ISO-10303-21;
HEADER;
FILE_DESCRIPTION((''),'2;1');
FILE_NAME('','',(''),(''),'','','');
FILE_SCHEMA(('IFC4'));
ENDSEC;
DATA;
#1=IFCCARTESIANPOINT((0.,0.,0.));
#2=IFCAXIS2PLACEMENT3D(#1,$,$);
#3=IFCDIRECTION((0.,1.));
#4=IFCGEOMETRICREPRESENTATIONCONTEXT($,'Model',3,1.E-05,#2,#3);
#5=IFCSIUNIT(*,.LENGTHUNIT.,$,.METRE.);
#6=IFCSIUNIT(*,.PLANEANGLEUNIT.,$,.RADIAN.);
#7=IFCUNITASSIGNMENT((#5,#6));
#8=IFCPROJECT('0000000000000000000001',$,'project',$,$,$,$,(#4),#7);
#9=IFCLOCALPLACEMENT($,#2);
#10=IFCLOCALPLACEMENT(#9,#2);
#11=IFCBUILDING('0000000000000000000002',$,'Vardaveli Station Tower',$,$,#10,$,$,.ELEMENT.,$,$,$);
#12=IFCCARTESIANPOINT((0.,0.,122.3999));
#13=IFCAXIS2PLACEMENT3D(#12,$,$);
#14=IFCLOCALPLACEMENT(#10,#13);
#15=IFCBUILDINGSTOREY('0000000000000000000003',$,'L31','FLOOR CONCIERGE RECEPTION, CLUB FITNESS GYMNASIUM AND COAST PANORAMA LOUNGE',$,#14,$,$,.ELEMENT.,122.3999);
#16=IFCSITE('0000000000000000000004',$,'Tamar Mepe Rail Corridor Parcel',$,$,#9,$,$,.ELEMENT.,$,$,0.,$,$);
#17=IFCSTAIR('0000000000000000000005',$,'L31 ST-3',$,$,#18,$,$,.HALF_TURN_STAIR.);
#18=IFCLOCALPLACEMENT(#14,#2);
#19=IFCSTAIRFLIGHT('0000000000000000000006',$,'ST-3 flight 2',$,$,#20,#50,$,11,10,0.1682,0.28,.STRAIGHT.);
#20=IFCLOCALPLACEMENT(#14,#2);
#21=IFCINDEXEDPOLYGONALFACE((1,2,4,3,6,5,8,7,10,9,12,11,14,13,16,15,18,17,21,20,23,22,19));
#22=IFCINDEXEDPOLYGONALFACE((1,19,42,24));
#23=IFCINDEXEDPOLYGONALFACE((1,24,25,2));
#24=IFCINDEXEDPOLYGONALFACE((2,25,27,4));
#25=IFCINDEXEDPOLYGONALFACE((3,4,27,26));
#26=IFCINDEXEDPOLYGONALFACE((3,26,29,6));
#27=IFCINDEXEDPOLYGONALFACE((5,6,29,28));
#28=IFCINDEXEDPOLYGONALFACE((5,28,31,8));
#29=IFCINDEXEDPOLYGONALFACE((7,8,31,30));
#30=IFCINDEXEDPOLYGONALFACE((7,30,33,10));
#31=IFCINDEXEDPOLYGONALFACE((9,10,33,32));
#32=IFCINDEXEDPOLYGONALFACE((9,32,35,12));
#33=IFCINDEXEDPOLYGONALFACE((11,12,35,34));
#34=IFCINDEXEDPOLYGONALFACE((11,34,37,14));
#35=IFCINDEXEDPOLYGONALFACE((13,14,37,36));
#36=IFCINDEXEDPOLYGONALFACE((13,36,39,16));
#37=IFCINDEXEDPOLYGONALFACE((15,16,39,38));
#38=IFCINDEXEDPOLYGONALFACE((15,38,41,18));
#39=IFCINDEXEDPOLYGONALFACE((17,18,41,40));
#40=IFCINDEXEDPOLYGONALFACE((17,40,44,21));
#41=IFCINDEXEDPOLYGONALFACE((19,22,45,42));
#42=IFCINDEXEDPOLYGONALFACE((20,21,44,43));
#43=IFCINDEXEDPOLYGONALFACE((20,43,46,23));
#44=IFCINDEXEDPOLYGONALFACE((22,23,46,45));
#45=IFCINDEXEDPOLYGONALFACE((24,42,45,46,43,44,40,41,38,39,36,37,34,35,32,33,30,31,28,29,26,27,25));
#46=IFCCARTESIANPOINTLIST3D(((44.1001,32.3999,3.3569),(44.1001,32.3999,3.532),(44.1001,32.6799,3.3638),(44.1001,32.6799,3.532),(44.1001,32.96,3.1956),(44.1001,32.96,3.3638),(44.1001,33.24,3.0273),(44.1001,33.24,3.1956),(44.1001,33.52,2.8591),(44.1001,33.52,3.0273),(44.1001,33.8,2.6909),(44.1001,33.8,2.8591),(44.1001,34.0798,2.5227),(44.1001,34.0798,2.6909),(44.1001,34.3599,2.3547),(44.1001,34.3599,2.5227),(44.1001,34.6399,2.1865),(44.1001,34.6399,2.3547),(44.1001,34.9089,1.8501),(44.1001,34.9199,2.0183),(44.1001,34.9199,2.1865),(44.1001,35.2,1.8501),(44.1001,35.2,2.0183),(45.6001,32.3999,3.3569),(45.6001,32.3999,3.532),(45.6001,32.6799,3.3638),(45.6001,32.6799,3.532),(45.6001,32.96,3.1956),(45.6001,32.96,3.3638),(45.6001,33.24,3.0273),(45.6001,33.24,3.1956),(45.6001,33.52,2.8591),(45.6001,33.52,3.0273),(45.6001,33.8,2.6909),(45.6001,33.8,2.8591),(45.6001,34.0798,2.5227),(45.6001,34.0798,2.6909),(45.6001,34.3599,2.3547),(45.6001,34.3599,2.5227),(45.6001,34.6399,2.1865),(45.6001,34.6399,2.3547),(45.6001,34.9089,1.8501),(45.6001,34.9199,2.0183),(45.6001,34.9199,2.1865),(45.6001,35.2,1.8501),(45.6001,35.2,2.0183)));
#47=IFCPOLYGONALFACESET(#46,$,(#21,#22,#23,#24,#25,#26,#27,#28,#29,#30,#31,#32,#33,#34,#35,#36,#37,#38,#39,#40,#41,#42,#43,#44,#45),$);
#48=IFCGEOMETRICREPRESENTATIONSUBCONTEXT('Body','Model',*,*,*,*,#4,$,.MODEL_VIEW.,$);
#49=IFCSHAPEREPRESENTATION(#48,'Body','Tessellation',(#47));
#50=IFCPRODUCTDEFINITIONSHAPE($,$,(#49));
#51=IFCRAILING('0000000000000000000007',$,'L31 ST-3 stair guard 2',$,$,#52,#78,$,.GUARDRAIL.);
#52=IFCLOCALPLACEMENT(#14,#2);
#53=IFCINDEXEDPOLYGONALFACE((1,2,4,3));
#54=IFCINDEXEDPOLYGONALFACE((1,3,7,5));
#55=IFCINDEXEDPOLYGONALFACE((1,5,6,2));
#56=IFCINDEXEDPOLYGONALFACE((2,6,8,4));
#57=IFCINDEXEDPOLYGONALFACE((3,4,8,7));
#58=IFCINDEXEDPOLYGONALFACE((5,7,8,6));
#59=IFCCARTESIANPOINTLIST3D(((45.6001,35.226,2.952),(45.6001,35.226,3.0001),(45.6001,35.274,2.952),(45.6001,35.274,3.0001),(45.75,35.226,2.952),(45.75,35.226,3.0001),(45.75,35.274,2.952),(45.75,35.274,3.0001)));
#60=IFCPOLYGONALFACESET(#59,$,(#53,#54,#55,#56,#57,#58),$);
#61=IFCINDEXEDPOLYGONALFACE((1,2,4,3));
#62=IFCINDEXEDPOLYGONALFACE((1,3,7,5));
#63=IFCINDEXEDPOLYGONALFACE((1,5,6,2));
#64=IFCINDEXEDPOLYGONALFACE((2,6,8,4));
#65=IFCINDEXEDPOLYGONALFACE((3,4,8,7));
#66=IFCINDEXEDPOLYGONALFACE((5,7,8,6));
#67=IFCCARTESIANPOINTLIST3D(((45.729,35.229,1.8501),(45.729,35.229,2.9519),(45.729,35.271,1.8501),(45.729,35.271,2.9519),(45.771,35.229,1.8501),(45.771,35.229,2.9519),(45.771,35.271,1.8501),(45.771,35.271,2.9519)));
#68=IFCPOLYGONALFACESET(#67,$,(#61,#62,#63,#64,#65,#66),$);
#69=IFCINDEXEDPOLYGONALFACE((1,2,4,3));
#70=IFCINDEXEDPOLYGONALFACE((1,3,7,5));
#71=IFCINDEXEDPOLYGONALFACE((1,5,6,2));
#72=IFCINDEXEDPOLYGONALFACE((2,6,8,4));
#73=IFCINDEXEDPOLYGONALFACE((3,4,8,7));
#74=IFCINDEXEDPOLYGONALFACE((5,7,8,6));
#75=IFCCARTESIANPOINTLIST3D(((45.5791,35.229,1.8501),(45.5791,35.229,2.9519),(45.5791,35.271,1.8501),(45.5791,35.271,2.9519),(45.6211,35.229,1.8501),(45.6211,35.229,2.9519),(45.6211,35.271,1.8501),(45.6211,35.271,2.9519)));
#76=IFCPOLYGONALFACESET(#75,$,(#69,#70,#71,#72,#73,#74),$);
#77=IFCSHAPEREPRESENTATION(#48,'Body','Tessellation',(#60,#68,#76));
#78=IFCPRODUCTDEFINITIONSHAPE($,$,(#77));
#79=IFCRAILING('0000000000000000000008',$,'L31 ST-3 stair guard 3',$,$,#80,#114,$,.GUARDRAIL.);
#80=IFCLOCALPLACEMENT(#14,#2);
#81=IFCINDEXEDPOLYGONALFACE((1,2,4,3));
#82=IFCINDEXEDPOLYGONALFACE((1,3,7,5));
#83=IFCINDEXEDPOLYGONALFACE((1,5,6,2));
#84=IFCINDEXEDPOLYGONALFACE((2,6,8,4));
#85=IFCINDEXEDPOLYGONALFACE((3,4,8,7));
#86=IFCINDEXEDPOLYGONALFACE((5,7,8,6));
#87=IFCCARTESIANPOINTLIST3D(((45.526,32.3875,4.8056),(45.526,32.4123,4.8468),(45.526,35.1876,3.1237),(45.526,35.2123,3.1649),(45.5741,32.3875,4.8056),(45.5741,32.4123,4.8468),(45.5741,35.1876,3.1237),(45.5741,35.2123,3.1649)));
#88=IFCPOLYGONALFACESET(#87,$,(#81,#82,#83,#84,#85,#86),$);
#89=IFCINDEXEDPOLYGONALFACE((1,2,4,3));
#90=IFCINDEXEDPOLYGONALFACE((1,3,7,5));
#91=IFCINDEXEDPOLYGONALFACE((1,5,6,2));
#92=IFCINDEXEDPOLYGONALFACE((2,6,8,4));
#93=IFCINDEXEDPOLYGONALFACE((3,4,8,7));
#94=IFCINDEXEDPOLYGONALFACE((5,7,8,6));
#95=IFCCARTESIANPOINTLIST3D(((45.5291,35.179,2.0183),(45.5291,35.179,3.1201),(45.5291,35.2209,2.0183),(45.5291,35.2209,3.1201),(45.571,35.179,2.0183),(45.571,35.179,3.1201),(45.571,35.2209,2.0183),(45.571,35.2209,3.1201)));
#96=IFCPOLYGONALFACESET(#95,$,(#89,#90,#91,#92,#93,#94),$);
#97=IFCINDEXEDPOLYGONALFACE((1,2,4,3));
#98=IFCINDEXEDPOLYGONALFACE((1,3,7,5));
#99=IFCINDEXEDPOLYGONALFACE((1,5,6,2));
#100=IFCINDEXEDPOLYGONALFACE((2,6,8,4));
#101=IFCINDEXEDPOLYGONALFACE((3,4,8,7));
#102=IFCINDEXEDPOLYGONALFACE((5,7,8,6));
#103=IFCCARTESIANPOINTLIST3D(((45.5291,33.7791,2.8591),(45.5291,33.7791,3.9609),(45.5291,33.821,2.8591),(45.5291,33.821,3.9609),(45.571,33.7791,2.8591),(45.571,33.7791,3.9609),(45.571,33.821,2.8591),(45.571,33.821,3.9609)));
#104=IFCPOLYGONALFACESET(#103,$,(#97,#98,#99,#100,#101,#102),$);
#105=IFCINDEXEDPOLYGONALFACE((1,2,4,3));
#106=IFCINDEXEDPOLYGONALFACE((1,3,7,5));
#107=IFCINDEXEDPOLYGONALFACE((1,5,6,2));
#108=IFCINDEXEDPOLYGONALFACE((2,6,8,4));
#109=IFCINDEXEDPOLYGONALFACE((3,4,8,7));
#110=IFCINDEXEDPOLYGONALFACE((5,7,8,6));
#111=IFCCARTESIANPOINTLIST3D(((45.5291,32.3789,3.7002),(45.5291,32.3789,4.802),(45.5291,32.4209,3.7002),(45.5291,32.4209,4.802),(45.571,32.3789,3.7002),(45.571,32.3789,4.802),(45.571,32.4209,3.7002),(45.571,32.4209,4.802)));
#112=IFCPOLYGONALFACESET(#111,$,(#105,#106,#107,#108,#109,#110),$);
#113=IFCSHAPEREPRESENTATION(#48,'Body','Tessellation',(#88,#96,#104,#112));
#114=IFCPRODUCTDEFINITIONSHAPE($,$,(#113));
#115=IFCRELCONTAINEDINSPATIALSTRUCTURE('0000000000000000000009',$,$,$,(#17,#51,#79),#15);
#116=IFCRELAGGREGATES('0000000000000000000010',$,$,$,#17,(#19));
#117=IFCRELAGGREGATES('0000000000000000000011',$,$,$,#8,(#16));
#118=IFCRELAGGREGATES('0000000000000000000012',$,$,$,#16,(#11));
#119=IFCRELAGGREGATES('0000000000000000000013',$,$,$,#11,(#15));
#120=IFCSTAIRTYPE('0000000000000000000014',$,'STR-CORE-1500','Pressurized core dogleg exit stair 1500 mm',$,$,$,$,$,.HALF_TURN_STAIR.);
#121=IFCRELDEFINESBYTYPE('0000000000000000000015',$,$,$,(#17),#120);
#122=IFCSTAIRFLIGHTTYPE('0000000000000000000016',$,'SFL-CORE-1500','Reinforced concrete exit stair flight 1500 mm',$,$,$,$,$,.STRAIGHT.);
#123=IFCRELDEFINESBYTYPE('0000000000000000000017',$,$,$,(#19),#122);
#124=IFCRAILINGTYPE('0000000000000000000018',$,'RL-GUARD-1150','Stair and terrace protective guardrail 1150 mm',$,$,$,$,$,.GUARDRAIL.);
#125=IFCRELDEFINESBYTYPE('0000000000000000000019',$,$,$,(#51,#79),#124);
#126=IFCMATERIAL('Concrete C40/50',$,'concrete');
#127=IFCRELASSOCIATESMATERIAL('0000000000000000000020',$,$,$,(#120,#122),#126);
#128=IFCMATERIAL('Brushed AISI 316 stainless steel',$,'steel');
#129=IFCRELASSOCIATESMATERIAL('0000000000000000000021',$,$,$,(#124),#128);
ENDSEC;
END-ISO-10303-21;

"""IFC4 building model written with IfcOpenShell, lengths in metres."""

from ifc_helpers import new_model, si_unit, direction, frame, origin, origin_2d, place, context, subcontext, project, spatial, polyline, rectangle, outline, extrude, source, transform, mapped, material, type_object, element, aggregate, save


model = new_model("IFC4")

# Units and contexts
model_context = context("Model", 3, precision=1e-05, world=origin(), true_north=direction((0.0, 1.0)))
body_context = subcontext(model_context, "Body", "Model", "MODEL_VIEW")
ifc_project = project(units=[si_unit("LENGTHUNIT", "METRE"), si_unit("PLANEANGLEUNIT", "RADIAN")], contexts=[model_context])

# Site, building, storey
site_placement = place(None, origin())
site = spatial("IfcSite", under=ifc_project, at=site_placement, Name="Tamar Mepe Rail Corridor Parcel", CompositionType="ELEMENT", RefElevation=0.0)
building_placement = place(site_placement, origin())
building = spatial("IfcBuilding", under=site, at=building_placement, Name="Vardaveli Station Tower", CompositionType="ELEMENT")
storey_placement = place(building_placement, frame((0.0, 0.0, 122.3999)))
storey = spatial("IfcBuildingStorey", under=building, at=storey_placement, Name="L31", Description="FLOOR CONCIERGE RECEPTION, CLUB FITNESS GYMNASIUM AND COAST PANORAMA LOUNGE", CompositionType="ELEMENT", Elevation=122.3999)

# Shared definitions
ifc_material_1 = material(Name="Concrete C40/50", Category="concrete")

# Stair, stair flight
stair_type = type_object("IfcStairType", Name="STR-CORE-1500", Description="Pressurized core dogleg exit stair 1500 mm", PredefinedType="HALF_TURN_STAIR", material=ifc_material_1)
stair_placement = place(storey_placement, origin())
stair = element("IfcStair", 1, at=stair_placement, inside=storey, type_object=stair_type, Name="L31 ST-3", PredefinedType="HALF_TURN_STAIR")
stair_flight_type = type_object("IfcStairFlightType", Name="SFL-CORE-1500", Description="Reinforced concrete exit stair flight 1500 mm", PredefinedType="STRAIGHT", material=ifc_material_1)
shared_shape_1 = source(origin(), body_context, "Body", "SweptSolid", [
    extrude(outline(polyline([(0.0, 0.0), (0.0, 0.1682), (0.28, 0.1682), (0.28, 0.3364), (0.5601, 0.3364), (0.5601, 0.5046), (0.8401, 0.5046), (0.8401, 0.6726), (1.1201, 0.6726), (1.1201, 0.8408), (1.3999, 0.8408), (1.3999, 1.009), (1.6799, 1.009), (1.6799, 1.1772), (1.96, 1.1772), (1.96, 1.3455), (2.24, 1.3455), (2.24, 1.5137), (2.52, 1.5137), (2.52, 1.6819), (2.8, 1.6819), (2.8, 1.8501), (2.8, 1.5068), (0.291, 0.0), (0.0, 0.0)])), frame((0.0, 0.75, 0.0), z_axis=(0.0, -1.0, 0.0), x_axis=(1.0, 0.0, 0.0)), (0.0, 0.0, 1.0), 1.5),
])
stair_flight_placement = place(storey_placement, frame((44.8501, 35.2, 1.8501), z_axis=(0.0, 0.0, 1.0), x_axis=(0.0, -1.0, 0.0)))
stair_flight = element("IfcStairFlight", 2, at=stair_flight_placement, type_object=stair_flight_type, Name="ST-3 flight 2", NumberOfRisers=11, NumberOfTreads=10, PredefinedType="STRAIGHT", RiserHeight=0.1682, TreadLength=0.28, context=body_context, shape_type="MappedRepresentation", body=[
    mapped(shared_shape_1, transform((0.0, 0.0, 0.0), scale=1.0)),
])
aggregate(stair, [stair_flight])

# Railings
ifc_material_2 = material(Name="Brushed AISI 316 stainless steel", Category="steel")
railing_type = type_object("IfcRailingType", Name="RL-GUARD-1150", Description="Stair and terrace protective guardrail 1150 mm", PredefinedType="GUARDRAIL", material=ifc_material_2)
shared_shape_2 = source(origin(), body_context, "Body", "SweptSolid", [
    extrude(rectangle(XDim=0.0481, YDim=0.0481, at=origin_2d()), frame((0.0, 0.0, 1.126), z_axis=(-1.0, 0.0, 0.0), x_axis=(0.0, -1.0, 0.0)), (0.0, 0.0, 1.0), 0.1499),
    extrude(rectangle(XDim=0.042, YDim=0.042, at=origin_2d()), origin(), (0.0, 0.0, 1.0), 1.1018),
    extrude(rectangle(XDim=0.042, YDim=0.042, at=origin_2d()), frame((-0.1499, 0.0, 0.0)), (0.0, 0.0, 1.0), 1.1018),
])
railing_1_placement = place(storey_placement, frame((45.75, 35.25, 1.8501)))
element("IfcRailing", 3, at=railing_1_placement, inside=storey, type_object=railing_type, Name="L31 ST-3 stair guard 2", PredefinedType="GUARDRAIL", context=body_context, shape_type="MappedRepresentation", body=[
    mapped(shared_shape_2, transform((0.0, 0.0, 0.0), scale=1.0)),
])
shared_shape_3 = source(origin(), body_context, "Body", "SweptSolid", [
    extrude(rectangle(XDim=0.0481, YDim=0.0481, at=origin_2d()), frame((0.0, 0.0, 1.126), z_axis=(0.0, -0.857242, 0.514913), x_axis=(1.0, 0.0, 0.0)), (0.0, 0.0, 1.0), 3.2664),
    extrude(rectangle(XDim=0.042, YDim=0.042, at=origin_2d()), origin(), (0.0, 0.0, 1.0), 1.1018),
    extrude(rectangle(XDim=0.042, YDim=0.042, at=origin_2d()), frame((0.0, -1.3999, 0.8408)), (0.0, 0.0, 1.0), 1.1018),
    extrude(rectangle(XDim=0.042, YDim=0.042, at=origin_2d()), frame((0.0, -2.8, 1.6819)), (0.0, 0.0, 1.0), 1.1018),
])
railing_2_placement = place(storey_placement, frame((45.55, 35.2, 2.0183)))
element("IfcRailing", 4, at=railing_2_placement, inside=storey, type_object=railing_type, Name="L31 ST-3 stair guard 3", PredefinedType="GUARDRAIL", context=body_context, shape_type="MappedRepresentation", body=[
    mapped(shared_shape_3, transform((0.0, 0.0, 0.0), scale=1.0)),
])

save(model, "model.ifc")
